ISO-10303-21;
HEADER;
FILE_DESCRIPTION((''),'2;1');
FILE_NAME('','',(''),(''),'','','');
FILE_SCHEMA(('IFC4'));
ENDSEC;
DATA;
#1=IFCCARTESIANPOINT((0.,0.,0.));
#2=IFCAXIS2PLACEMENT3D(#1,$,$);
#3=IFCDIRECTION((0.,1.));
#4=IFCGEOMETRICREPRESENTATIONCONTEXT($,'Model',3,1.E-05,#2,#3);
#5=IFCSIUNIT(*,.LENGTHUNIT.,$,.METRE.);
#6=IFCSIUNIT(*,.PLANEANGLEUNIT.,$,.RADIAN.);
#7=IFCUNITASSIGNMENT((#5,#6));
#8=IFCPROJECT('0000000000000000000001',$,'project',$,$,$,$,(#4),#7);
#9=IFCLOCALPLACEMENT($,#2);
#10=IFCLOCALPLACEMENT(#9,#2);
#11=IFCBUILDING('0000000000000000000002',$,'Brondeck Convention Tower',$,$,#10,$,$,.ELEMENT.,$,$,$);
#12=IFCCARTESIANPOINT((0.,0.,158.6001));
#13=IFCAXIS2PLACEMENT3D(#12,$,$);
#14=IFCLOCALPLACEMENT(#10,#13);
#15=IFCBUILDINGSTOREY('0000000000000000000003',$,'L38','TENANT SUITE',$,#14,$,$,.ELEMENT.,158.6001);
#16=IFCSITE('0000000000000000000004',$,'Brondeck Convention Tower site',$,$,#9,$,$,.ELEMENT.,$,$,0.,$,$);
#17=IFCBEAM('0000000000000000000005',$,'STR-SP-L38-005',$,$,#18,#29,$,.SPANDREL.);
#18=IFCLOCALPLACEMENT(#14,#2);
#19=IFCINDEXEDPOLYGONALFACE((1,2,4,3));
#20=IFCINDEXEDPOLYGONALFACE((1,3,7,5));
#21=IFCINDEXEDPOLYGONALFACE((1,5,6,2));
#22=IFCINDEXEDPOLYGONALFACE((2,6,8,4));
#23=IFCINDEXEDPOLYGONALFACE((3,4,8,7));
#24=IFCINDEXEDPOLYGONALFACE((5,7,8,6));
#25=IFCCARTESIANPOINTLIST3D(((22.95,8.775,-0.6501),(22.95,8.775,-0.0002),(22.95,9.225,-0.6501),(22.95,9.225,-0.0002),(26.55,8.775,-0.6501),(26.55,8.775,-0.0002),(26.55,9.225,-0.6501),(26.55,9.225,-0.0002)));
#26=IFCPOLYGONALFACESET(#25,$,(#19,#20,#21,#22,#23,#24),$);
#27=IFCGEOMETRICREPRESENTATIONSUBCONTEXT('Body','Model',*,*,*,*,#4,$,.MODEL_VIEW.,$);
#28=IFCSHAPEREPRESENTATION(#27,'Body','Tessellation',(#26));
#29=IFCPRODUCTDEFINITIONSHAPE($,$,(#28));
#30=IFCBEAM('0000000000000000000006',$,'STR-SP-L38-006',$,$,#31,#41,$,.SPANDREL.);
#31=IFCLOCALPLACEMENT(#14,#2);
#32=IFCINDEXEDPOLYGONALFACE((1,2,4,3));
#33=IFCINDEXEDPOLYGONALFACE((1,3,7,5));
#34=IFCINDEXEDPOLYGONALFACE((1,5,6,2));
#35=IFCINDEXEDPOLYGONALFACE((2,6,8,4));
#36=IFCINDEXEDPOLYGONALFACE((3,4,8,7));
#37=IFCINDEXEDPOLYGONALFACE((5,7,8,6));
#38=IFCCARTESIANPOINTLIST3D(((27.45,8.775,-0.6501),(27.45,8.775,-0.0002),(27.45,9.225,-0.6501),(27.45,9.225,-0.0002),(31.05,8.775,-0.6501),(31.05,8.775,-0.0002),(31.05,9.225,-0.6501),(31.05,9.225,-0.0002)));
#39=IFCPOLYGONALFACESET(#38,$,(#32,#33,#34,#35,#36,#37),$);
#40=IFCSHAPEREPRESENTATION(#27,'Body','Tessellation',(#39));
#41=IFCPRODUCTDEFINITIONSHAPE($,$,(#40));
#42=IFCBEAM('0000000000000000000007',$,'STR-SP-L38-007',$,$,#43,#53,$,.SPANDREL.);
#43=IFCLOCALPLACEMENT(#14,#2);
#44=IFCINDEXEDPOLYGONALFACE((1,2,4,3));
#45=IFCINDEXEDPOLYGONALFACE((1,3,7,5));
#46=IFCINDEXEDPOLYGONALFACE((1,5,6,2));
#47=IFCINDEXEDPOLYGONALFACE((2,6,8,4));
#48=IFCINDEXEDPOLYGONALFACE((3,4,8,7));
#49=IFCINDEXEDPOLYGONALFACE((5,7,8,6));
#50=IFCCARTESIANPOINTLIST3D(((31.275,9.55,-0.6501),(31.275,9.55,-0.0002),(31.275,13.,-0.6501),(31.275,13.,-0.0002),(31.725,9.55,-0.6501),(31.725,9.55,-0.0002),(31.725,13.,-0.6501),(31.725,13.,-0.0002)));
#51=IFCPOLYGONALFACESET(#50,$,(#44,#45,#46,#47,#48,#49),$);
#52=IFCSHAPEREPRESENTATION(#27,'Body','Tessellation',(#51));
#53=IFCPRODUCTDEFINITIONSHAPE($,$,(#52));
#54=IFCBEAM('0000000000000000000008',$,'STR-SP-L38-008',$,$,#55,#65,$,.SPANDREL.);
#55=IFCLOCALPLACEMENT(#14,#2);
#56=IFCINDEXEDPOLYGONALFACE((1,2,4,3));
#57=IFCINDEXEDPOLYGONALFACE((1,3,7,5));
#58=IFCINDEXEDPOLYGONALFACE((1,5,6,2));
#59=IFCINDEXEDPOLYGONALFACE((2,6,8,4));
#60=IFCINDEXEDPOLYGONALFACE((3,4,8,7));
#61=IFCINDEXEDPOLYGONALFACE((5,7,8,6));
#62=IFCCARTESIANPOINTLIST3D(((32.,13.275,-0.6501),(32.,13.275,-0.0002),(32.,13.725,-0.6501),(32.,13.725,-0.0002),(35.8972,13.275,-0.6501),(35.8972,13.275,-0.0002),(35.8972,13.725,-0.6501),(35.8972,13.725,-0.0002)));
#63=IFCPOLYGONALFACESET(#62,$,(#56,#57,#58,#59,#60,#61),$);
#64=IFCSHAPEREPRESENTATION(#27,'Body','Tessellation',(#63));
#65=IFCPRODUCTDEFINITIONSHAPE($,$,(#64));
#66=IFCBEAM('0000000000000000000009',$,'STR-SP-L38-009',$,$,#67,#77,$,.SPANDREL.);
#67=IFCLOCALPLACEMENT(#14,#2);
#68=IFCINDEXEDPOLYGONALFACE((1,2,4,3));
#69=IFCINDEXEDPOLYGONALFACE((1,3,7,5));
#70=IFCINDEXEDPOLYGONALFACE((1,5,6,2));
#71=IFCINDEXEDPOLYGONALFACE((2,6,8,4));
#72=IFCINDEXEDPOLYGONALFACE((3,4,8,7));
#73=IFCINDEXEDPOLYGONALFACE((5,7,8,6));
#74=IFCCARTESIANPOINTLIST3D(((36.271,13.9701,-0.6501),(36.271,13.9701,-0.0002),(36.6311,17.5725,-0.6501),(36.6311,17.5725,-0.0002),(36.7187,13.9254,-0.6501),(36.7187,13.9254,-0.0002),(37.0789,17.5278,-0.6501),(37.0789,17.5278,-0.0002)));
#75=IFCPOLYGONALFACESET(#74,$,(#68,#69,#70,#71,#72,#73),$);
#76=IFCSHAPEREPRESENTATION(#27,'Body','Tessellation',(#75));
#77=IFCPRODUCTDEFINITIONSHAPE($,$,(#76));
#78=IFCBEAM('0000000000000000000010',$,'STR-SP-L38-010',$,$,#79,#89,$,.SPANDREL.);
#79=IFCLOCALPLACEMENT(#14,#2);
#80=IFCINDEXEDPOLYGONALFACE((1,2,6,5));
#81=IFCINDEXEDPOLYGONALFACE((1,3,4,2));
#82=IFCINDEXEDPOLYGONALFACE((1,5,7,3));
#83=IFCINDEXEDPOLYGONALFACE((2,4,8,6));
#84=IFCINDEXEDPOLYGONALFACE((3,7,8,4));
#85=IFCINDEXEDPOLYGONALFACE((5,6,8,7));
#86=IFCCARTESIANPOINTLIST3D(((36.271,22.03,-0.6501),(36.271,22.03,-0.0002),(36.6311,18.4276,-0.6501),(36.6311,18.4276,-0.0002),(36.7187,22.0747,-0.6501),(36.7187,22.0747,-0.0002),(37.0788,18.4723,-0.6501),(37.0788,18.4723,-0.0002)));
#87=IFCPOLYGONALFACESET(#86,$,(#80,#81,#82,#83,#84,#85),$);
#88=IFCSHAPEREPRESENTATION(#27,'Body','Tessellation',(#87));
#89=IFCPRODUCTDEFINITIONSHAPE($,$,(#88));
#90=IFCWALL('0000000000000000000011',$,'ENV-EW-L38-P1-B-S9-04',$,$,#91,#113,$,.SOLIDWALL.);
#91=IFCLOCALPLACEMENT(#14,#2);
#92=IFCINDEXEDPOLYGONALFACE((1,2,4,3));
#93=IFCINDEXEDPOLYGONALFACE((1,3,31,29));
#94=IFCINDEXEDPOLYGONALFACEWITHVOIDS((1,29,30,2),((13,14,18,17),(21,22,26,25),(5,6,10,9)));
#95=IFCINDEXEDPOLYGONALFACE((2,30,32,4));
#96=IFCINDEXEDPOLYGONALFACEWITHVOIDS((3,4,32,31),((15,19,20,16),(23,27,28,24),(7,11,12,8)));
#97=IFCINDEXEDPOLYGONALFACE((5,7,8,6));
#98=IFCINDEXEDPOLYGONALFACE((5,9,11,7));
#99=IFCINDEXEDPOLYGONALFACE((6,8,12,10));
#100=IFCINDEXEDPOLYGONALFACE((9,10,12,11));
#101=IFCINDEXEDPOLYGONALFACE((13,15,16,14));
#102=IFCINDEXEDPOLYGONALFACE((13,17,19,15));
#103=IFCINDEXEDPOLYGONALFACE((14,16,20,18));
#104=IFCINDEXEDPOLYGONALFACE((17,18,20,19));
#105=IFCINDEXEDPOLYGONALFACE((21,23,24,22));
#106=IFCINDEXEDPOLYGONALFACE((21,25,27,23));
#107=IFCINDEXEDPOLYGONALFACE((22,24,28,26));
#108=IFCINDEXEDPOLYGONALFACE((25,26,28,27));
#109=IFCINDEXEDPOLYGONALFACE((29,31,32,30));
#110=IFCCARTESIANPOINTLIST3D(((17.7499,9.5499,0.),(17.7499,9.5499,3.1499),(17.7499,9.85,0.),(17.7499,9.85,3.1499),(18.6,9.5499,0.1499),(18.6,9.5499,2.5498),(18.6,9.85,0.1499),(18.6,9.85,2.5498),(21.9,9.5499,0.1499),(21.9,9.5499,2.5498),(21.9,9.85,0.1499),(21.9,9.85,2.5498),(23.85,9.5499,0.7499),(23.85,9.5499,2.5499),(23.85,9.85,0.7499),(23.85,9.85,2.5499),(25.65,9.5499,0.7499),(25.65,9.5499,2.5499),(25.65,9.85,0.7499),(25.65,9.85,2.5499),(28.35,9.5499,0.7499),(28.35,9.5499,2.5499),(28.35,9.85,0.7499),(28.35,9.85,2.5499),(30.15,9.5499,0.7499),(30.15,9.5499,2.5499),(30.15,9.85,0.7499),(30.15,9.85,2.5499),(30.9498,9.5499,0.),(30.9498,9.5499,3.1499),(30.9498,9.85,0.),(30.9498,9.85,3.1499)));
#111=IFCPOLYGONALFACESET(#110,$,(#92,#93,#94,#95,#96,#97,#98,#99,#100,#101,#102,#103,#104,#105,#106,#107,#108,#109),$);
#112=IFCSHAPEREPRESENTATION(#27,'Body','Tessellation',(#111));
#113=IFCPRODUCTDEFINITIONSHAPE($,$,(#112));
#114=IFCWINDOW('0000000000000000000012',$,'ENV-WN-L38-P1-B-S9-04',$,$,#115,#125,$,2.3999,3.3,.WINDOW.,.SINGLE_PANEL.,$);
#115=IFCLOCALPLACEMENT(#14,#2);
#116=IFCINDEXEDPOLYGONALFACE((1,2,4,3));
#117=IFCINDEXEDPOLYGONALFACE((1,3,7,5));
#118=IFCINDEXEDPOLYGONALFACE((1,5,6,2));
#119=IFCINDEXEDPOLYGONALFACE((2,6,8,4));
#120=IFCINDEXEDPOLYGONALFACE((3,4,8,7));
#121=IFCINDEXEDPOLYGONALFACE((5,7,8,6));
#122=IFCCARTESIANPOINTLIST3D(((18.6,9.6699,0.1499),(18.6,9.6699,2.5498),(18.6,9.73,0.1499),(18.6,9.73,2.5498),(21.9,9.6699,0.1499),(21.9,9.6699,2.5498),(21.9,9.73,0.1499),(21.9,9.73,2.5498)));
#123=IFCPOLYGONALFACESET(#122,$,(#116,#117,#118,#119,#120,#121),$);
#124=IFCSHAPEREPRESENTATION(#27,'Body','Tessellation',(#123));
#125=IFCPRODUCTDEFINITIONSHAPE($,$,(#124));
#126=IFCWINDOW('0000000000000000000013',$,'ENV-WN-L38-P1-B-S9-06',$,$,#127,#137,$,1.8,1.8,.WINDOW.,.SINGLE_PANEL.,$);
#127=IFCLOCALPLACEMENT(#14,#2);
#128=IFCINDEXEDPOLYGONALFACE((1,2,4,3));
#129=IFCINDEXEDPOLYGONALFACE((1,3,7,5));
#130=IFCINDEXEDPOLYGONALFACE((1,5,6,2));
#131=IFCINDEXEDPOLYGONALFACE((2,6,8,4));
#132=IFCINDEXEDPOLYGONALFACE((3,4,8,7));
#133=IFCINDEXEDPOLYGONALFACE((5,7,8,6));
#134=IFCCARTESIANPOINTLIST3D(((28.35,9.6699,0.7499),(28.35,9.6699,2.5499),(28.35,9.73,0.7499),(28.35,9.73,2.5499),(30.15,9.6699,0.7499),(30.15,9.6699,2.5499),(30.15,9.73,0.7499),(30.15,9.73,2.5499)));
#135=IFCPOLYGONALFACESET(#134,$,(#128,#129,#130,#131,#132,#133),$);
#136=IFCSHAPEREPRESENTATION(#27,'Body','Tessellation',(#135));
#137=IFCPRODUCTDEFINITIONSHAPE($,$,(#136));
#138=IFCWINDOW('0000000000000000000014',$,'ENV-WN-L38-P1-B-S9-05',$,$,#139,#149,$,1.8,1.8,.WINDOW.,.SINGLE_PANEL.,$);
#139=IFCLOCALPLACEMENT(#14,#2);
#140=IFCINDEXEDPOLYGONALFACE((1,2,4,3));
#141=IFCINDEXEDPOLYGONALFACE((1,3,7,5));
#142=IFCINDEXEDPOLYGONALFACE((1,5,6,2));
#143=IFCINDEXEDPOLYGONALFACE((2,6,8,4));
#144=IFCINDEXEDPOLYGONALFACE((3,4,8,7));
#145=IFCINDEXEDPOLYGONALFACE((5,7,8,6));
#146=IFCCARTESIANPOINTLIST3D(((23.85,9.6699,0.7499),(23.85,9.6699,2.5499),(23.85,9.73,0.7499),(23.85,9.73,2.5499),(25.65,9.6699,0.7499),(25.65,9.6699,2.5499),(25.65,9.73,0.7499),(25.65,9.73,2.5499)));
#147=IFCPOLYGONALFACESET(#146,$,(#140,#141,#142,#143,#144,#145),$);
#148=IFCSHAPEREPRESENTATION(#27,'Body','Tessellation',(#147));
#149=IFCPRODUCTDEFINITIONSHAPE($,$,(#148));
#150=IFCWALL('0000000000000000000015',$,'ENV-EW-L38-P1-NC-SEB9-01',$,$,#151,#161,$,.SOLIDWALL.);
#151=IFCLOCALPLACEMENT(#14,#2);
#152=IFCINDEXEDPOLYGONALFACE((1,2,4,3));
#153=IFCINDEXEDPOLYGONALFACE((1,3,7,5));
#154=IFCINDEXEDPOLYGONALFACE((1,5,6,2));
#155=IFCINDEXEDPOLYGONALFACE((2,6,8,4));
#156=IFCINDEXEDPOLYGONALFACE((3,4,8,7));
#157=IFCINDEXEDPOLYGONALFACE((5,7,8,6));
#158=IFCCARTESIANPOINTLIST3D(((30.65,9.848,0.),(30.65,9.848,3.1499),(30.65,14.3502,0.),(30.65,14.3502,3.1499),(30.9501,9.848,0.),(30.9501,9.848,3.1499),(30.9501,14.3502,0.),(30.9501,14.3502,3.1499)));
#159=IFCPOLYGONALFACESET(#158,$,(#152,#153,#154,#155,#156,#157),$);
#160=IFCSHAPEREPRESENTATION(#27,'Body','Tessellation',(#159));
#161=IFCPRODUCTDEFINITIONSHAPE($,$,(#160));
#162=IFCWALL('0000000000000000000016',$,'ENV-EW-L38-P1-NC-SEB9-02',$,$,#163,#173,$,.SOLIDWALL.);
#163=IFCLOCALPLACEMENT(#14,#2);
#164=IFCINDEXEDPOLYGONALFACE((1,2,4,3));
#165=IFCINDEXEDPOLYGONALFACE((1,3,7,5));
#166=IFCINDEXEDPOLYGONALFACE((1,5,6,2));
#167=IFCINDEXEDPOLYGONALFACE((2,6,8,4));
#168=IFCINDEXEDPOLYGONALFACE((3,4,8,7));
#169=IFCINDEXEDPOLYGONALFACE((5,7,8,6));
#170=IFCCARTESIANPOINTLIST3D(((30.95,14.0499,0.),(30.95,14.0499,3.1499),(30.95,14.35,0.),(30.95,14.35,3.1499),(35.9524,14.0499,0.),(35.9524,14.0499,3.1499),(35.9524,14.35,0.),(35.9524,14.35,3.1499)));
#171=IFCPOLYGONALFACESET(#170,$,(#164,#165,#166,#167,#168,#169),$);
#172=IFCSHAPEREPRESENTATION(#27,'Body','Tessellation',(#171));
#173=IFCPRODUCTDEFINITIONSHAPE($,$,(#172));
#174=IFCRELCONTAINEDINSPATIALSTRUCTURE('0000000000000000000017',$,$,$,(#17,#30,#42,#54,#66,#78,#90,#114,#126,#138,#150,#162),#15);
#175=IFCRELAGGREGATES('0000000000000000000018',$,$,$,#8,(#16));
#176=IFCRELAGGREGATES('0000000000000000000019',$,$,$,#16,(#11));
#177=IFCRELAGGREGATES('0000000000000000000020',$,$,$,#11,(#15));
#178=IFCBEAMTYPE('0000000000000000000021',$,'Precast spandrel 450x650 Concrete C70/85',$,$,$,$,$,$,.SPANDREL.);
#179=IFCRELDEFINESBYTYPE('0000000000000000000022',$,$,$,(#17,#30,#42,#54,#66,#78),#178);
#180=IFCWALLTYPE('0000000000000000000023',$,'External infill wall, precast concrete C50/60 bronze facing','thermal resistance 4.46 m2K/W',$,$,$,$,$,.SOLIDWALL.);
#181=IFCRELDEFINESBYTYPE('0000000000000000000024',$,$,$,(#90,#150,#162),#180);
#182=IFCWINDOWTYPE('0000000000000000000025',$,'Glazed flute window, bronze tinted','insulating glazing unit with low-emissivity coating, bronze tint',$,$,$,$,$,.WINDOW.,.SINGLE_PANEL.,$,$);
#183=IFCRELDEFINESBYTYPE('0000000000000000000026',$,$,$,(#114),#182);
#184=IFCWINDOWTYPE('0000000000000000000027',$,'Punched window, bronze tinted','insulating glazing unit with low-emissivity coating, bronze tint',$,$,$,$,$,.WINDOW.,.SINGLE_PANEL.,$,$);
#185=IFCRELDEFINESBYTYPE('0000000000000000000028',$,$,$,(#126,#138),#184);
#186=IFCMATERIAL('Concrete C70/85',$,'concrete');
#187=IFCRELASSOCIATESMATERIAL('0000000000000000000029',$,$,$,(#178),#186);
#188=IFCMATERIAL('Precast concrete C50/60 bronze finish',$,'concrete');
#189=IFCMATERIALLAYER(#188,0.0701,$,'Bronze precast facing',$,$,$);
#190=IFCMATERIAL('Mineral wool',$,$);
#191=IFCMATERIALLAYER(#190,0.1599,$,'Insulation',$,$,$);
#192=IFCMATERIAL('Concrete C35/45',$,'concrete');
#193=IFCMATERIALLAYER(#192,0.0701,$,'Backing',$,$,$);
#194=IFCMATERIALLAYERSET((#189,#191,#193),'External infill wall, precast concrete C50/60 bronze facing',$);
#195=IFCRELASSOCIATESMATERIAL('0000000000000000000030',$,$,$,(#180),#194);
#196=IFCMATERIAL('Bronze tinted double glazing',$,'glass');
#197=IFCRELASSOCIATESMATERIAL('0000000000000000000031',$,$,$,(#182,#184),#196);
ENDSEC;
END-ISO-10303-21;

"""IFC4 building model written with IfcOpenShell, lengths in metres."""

from ifc_helpers import new_model, si_unit, direction, frame, frame_2d, origin, origin_2d, place, context, subcontext, project, spatial, rectangle, extrude, material, layer, layer_set, material_profile, profile_set, type_object, element, fill, save


model = new_model("IFC4")

# Units and contexts
model_context = context("Model", 3, precision=1e-05, world=origin(), true_north=direction((0.0, 1.0)))
body_context = subcontext(model_context, "Body", "Model", "MODEL_VIEW")
ifc_project = project(units=[si_unit("LENGTHUNIT", "METRE"), si_unit("PLANEANGLEUNIT", "RADIAN")], contexts=[model_context])

# Site, building, storey
site_placement = place(None, origin())
site = spatial("IfcSite", under=ifc_project, at=site_placement, Name="Brondeck Convention Tower site", CompositionType="ELEMENT", RefElevation=0.0)
building_placement = place(site_placement, origin())
building = spatial("IfcBuilding", under=site, at=building_placement, Name="Brondeck Convention Tower", CompositionType="ELEMENT")
storey_placement = place(building_placement, frame((0.0, 0.0, 158.6001)))
storey = spatial("IfcBuildingStorey", under=building, at=storey_placement, Name="L38", Description="TENANT SUITE", CompositionType="ELEMENT", Elevation=158.6001)

# Shared definitions
ifc_material_1 = material(Name="Concrete C70/85", Category="concrete")

# Beams
ifc_material_profile_1 = material_profile(ifc_material_1, rectangle(XDim=0.45, YDim=0.6499, at=origin_2d()), Name="Precast spandrel 450x650 Concrete C70/85")
ifc_profile_set_1 = profile_set([ifc_material_profile_1], Name="Concrete C70/85")
beam_type_1 = type_object("IfcBeamType", Name="Precast spandrel 450x650 Concrete C70/85", PredefinedType="SPANDREL", material=ifc_profile_set_1)
for number, where, z_axis, x_axis, name in (
    (1, (22.95, 9.0, -0.3252), (1.0, 0.0, 0.0), (0.0, 1.0, 0.0), "STR-SP-L38-005"),
    (2, (27.45, 9.0, -0.3252), (1.0, 0.0, 0.0), (0.0, 1.0, 0.0), "STR-SP-L38-006"),
):
    element("IfcBeam", number, at=place(storey_placement, frame(where, z_axis=z_axis, x_axis=x_axis)), inside=storey, type_object=beam_type_1, Name=name, PredefinedType="SPANDREL", context=body_context, shape_type="SweptSolid", body=[
        extrude(rectangle(XDim=0.45, YDim=0.6499, at=origin_2d()), origin(), (0.0, 0.0, 1.0), 3.6001),
    ])
beam_1_placement = place(storey_placement, frame((31.5, 9.55, -0.3252), z_axis=(0.0, 1.0, 0.0), x_axis=(-1.0, 0.0, 0.0)))
element("IfcBeam", 3, at=beam_1_placement, inside=storey, type_object=beam_type_1, Name="STR-SP-L38-007", PredefinedType="SPANDREL", context=body_context, shape_type="SweptSolid", body=[
    extrude(rectangle(XDim=0.45, YDim=0.6499, at=origin_2d()), origin(), (0.0, 0.0, 1.0), 3.45),
])
beam_2_placement = place(storey_placement, frame((32.0, 13.5, -0.3252), z_axis=(1.0, 0.0, 0.0), x_axis=(0.0, 1.0, 0.0)))
element("IfcBeam", 4, at=beam_2_placement, inside=storey, type_object=beam_type_1, Name="STR-SP-L38-008", PredefinedType="SPANDREL", context=body_context, shape_type="SweptSolid", body=[
    extrude(rectangle(XDim=0.45, YDim=0.6499, at=origin_2d()), origin(), (0.0, 0.0, 1.0), 3.8972),
])
for number, where, z_axis, x_axis, name in (
    (5, (36.4949, 13.9478, -0.3252), (0.09947, 0.995041, 0.0), (-0.995041, 0.09947, 0.0), "STR-SP-L38-009"),
    (6, (36.855, 18.45, -0.3252), (-0.09947, 0.995041, 0.0), (-0.995041, -0.09947, 0.0), "STR-SP-L38-010"),
):
    element("IfcBeam", number, at=place(storey_placement, frame(where, z_axis=z_axis, x_axis=x_axis)), inside=storey, type_object=beam_type_1, Name=name, PredefinedType="SPANDREL", context=body_context, shape_type="SweptSolid", body=[
        extrude(rectangle(XDim=0.45, YDim=0.6499, at=origin_2d()), origin(), (0.0, 0.0, 1.0), 3.6204),
    ])

# Wall, openings, windows
ifc_material_2 = material(Name="Precast concrete C50/60 bronze finish", Category="concrete")
ifc_layer_1 = layer(ifc_material_2, 0.0701, Name="Bronze precast facing")
ifc_material_3 = material(Name="Mineral wool")
ifc_layer_2 = layer(ifc_material_3, 0.1599, Name="Insulation")
ifc_material_4 = material(Name="Concrete C35/45", Category="concrete")
ifc_layer_3 = layer(ifc_material_4, 0.0701, Name="Backing")
ifc_layer_set_1 = layer_set([ifc_layer_1, ifc_layer_2, ifc_layer_3], Name="External infill wall, precast concrete C50/60 bronze facing")
wall_type_1 = type_object("IfcWallType", Name="External infill wall, precast concrete C50/60 bronze facing", Description="thermal resistance 4.46 m2K/W", PredefinedType="SOLIDWALL", material=ifc_layer_set_1)
wall_1_placement = place(storey_placement, frame((30.95, 9.7, 0.0), z_axis=(0.0, 0.0, 1.0), x_axis=(-1.0, 0.0, 0.0)))
wall_1 = element("IfcWall", 7, at=wall_1_placement, inside=storey, type_object=wall_type_1, Name="ENV-EW-L38-P1-B-S9-04", PredefinedType="SOLIDWALL", context=body_context, shape_type="SweptSolid", body=[
    extrude(rectangle(XDim=13.2, YDim=0.3, at=frame_2d((6.6001, 0.0))), origin(), (0.0, 0.0, 1.0), 3.1499),
])
opening_1_placement = place(wall_1_placement, frame((0.8, 0.0, 0.75)))
opening_1 = element("IfcOpeningElement", 8, at=opening_1_placement, cuts=wall_1, PredefinedType="OPENING", context=body_context, shape_type="SweptSolid", body=[
    extrude(rectangle(XDim=1.8, YDim=1.8, at=frame_2d((0.8999, 0.8999))), frame((0.0, 0.1599, 0.0), z_axis=(0.0, -1.0, 0.0), x_axis=(1.0, 0.0, 0.0)), (0.0, 0.0, 1.0), 0.3201),
])
opening_2_placement = place(wall_1_placement, frame((5.3, 0.0, 0.75)))
opening_2 = element("IfcOpeningElement", 9, at=opening_2_placement, cuts=wall_1, PredefinedType="OPENING", context=body_context, shape_type="SweptSolid", body=[
    extrude(rectangle(XDim=1.8, YDim=1.8, at=frame_2d((0.8999, 0.8999))), frame((0.0, 0.1599, 0.0), z_axis=(0.0, -1.0, 0.0), x_axis=(1.0, 0.0, 0.0)), (0.0, 0.0, 1.0), 0.3201),
])
opening_3_placement = place(wall_1_placement, frame((9.05, 0.0, 0.1499)))
opening_3 = element("IfcOpeningElement", 10, at=opening_3_placement, cuts=wall_1, PredefinedType="OPENING", context=body_context, shape_type="SweptSolid", body=[
    extrude(rectangle(XDim=3.3, YDim=2.3999, at=frame_2d((1.6499, 1.2))), frame((0.0, 0.1599, 0.0), z_axis=(0.0, -1.0, 0.0), x_axis=(1.0, 0.0, 0.0)), (0.0, 0.0, 1.0), 0.3201),
])
ifc_material_5 = material(Name="Bronze tinted double glazing", Category="glass")
window_type_1 = type_object("IfcWindowType", Name="Glazed flute window, bronze tinted", Description="insulating glazing unit with low-emissivity coating, bronze tint", PartitioningType="SINGLE_PANEL", PredefinedType="WINDOW", material=ifc_material_5)
window_1_placement = place(opening_3_placement, origin())
window_1 = element("IfcWindow", 11, at=window_1_placement, inside=storey, type_object=window_type_1, Name="ENV-WN-L38-P1-B-S9-04", OverallHeight=2.3999, OverallWidth=3.3, PartitioningType="SINGLE_PANEL", PredefinedType="WINDOW", context=body_context, shape_type="SweptSolid", body=[
    extrude(rectangle(XDim=3.3, YDim=2.3999, at=frame_2d((1.6499, 1.2))), frame((0.0, 0.03, 0.0), z_axis=(0.0, -1.0, 0.0), x_axis=(1.0, 0.0, 0.0)), (0.0, 0.0, 1.0), 0.0601),
])
fill(opening_3, window_1)
window_type_2 = type_object("IfcWindowType", Name="Punched window, bronze tinted", Description="insulating glazing unit with low-emissivity coating, bronze tint", PartitioningType="SINGLE_PANEL", PredefinedType="WINDOW", material=ifc_material_5)
window_2_placement = place(opening_1_placement, origin())
window_2 = element("IfcWindow", 12, at=window_2_placement, inside=storey, type_object=window_type_2, Name="ENV-WN-L38-P1-B-S9-06", OverallHeight=1.8, OverallWidth=1.8, PartitioningType="SINGLE_PANEL", PredefinedType="WINDOW", context=body_context, shape_type="SweptSolid", body=[
    extrude(rectangle(XDim=1.8, YDim=1.8, at=frame_2d((0.8999, 0.8999))), frame((0.0, 0.03, 0.0), z_axis=(0.0, -1.0, 0.0), x_axis=(1.0, 0.0, 0.0)), (0.0, 0.0, 1.0), 0.0601),
])
fill(opening_1, window_2)
window_3_placement = place(opening_2_placement, origin())
window_3 = element("IfcWindow", 13, at=window_3_placement, inside=storey, type_object=window_type_2, Name="ENV-WN-L38-P1-B-S9-05", OverallHeight=1.8, OverallWidth=1.8, PartitioningType="SINGLE_PANEL", PredefinedType="WINDOW", context=body_context, shape_type="SweptSolid", body=[
    extrude(rectangle(XDim=1.8, YDim=1.8, at=frame_2d((0.8999, 0.8999))), frame((0.0, 0.03, 0.0), z_axis=(0.0, -1.0, 0.0), x_axis=(1.0, 0.0, 0.0)), (0.0, 0.0, 1.0), 0.0601),
])
fill(opening_2, window_3)

# Walls
wall_2_placement = place(storey_placement, frame((30.8, 14.3501, 0.0), z_axis=(0.0, 0.0, 1.0), x_axis=(0.0, -1.0, 0.0)))
element("IfcWall", 14, at=wall_2_placement, inside=storey, type_object=wall_type_1, Name="ENV-EW-L38-P1-NC-SEB9-01", PredefinedType="SOLIDWALL", context=body_context, shape_type="SweptSolid", body=[
    extrude(rectangle(XDim=4.5022, YDim=0.3, at=frame_2d((2.251, 0.0))), origin(), (0.0, 0.0, 1.0), 3.1499),
])
wall_3_placement = place(storey_placement, frame((35.9524, 14.2, 0.0), z_axis=(0.0, 0.0, 1.0), x_axis=(-1.0, 0.0, 0.0)))
element("IfcWall", 15, at=wall_3_placement, inside=storey, type_object=wall_type_1, Name="ENV-EW-L38-P1-NC-SEB9-02", PredefinedType="SOLIDWALL", context=body_context, shape_type="SweptSolid", body=[
    extrude(rectangle(XDim=5.0024, YDim=0.3, at=frame_2d((2.5012, 0.0))), origin(), (0.0, 0.0, 1.0), 3.1499),
])

save(model, "model.ifc")
